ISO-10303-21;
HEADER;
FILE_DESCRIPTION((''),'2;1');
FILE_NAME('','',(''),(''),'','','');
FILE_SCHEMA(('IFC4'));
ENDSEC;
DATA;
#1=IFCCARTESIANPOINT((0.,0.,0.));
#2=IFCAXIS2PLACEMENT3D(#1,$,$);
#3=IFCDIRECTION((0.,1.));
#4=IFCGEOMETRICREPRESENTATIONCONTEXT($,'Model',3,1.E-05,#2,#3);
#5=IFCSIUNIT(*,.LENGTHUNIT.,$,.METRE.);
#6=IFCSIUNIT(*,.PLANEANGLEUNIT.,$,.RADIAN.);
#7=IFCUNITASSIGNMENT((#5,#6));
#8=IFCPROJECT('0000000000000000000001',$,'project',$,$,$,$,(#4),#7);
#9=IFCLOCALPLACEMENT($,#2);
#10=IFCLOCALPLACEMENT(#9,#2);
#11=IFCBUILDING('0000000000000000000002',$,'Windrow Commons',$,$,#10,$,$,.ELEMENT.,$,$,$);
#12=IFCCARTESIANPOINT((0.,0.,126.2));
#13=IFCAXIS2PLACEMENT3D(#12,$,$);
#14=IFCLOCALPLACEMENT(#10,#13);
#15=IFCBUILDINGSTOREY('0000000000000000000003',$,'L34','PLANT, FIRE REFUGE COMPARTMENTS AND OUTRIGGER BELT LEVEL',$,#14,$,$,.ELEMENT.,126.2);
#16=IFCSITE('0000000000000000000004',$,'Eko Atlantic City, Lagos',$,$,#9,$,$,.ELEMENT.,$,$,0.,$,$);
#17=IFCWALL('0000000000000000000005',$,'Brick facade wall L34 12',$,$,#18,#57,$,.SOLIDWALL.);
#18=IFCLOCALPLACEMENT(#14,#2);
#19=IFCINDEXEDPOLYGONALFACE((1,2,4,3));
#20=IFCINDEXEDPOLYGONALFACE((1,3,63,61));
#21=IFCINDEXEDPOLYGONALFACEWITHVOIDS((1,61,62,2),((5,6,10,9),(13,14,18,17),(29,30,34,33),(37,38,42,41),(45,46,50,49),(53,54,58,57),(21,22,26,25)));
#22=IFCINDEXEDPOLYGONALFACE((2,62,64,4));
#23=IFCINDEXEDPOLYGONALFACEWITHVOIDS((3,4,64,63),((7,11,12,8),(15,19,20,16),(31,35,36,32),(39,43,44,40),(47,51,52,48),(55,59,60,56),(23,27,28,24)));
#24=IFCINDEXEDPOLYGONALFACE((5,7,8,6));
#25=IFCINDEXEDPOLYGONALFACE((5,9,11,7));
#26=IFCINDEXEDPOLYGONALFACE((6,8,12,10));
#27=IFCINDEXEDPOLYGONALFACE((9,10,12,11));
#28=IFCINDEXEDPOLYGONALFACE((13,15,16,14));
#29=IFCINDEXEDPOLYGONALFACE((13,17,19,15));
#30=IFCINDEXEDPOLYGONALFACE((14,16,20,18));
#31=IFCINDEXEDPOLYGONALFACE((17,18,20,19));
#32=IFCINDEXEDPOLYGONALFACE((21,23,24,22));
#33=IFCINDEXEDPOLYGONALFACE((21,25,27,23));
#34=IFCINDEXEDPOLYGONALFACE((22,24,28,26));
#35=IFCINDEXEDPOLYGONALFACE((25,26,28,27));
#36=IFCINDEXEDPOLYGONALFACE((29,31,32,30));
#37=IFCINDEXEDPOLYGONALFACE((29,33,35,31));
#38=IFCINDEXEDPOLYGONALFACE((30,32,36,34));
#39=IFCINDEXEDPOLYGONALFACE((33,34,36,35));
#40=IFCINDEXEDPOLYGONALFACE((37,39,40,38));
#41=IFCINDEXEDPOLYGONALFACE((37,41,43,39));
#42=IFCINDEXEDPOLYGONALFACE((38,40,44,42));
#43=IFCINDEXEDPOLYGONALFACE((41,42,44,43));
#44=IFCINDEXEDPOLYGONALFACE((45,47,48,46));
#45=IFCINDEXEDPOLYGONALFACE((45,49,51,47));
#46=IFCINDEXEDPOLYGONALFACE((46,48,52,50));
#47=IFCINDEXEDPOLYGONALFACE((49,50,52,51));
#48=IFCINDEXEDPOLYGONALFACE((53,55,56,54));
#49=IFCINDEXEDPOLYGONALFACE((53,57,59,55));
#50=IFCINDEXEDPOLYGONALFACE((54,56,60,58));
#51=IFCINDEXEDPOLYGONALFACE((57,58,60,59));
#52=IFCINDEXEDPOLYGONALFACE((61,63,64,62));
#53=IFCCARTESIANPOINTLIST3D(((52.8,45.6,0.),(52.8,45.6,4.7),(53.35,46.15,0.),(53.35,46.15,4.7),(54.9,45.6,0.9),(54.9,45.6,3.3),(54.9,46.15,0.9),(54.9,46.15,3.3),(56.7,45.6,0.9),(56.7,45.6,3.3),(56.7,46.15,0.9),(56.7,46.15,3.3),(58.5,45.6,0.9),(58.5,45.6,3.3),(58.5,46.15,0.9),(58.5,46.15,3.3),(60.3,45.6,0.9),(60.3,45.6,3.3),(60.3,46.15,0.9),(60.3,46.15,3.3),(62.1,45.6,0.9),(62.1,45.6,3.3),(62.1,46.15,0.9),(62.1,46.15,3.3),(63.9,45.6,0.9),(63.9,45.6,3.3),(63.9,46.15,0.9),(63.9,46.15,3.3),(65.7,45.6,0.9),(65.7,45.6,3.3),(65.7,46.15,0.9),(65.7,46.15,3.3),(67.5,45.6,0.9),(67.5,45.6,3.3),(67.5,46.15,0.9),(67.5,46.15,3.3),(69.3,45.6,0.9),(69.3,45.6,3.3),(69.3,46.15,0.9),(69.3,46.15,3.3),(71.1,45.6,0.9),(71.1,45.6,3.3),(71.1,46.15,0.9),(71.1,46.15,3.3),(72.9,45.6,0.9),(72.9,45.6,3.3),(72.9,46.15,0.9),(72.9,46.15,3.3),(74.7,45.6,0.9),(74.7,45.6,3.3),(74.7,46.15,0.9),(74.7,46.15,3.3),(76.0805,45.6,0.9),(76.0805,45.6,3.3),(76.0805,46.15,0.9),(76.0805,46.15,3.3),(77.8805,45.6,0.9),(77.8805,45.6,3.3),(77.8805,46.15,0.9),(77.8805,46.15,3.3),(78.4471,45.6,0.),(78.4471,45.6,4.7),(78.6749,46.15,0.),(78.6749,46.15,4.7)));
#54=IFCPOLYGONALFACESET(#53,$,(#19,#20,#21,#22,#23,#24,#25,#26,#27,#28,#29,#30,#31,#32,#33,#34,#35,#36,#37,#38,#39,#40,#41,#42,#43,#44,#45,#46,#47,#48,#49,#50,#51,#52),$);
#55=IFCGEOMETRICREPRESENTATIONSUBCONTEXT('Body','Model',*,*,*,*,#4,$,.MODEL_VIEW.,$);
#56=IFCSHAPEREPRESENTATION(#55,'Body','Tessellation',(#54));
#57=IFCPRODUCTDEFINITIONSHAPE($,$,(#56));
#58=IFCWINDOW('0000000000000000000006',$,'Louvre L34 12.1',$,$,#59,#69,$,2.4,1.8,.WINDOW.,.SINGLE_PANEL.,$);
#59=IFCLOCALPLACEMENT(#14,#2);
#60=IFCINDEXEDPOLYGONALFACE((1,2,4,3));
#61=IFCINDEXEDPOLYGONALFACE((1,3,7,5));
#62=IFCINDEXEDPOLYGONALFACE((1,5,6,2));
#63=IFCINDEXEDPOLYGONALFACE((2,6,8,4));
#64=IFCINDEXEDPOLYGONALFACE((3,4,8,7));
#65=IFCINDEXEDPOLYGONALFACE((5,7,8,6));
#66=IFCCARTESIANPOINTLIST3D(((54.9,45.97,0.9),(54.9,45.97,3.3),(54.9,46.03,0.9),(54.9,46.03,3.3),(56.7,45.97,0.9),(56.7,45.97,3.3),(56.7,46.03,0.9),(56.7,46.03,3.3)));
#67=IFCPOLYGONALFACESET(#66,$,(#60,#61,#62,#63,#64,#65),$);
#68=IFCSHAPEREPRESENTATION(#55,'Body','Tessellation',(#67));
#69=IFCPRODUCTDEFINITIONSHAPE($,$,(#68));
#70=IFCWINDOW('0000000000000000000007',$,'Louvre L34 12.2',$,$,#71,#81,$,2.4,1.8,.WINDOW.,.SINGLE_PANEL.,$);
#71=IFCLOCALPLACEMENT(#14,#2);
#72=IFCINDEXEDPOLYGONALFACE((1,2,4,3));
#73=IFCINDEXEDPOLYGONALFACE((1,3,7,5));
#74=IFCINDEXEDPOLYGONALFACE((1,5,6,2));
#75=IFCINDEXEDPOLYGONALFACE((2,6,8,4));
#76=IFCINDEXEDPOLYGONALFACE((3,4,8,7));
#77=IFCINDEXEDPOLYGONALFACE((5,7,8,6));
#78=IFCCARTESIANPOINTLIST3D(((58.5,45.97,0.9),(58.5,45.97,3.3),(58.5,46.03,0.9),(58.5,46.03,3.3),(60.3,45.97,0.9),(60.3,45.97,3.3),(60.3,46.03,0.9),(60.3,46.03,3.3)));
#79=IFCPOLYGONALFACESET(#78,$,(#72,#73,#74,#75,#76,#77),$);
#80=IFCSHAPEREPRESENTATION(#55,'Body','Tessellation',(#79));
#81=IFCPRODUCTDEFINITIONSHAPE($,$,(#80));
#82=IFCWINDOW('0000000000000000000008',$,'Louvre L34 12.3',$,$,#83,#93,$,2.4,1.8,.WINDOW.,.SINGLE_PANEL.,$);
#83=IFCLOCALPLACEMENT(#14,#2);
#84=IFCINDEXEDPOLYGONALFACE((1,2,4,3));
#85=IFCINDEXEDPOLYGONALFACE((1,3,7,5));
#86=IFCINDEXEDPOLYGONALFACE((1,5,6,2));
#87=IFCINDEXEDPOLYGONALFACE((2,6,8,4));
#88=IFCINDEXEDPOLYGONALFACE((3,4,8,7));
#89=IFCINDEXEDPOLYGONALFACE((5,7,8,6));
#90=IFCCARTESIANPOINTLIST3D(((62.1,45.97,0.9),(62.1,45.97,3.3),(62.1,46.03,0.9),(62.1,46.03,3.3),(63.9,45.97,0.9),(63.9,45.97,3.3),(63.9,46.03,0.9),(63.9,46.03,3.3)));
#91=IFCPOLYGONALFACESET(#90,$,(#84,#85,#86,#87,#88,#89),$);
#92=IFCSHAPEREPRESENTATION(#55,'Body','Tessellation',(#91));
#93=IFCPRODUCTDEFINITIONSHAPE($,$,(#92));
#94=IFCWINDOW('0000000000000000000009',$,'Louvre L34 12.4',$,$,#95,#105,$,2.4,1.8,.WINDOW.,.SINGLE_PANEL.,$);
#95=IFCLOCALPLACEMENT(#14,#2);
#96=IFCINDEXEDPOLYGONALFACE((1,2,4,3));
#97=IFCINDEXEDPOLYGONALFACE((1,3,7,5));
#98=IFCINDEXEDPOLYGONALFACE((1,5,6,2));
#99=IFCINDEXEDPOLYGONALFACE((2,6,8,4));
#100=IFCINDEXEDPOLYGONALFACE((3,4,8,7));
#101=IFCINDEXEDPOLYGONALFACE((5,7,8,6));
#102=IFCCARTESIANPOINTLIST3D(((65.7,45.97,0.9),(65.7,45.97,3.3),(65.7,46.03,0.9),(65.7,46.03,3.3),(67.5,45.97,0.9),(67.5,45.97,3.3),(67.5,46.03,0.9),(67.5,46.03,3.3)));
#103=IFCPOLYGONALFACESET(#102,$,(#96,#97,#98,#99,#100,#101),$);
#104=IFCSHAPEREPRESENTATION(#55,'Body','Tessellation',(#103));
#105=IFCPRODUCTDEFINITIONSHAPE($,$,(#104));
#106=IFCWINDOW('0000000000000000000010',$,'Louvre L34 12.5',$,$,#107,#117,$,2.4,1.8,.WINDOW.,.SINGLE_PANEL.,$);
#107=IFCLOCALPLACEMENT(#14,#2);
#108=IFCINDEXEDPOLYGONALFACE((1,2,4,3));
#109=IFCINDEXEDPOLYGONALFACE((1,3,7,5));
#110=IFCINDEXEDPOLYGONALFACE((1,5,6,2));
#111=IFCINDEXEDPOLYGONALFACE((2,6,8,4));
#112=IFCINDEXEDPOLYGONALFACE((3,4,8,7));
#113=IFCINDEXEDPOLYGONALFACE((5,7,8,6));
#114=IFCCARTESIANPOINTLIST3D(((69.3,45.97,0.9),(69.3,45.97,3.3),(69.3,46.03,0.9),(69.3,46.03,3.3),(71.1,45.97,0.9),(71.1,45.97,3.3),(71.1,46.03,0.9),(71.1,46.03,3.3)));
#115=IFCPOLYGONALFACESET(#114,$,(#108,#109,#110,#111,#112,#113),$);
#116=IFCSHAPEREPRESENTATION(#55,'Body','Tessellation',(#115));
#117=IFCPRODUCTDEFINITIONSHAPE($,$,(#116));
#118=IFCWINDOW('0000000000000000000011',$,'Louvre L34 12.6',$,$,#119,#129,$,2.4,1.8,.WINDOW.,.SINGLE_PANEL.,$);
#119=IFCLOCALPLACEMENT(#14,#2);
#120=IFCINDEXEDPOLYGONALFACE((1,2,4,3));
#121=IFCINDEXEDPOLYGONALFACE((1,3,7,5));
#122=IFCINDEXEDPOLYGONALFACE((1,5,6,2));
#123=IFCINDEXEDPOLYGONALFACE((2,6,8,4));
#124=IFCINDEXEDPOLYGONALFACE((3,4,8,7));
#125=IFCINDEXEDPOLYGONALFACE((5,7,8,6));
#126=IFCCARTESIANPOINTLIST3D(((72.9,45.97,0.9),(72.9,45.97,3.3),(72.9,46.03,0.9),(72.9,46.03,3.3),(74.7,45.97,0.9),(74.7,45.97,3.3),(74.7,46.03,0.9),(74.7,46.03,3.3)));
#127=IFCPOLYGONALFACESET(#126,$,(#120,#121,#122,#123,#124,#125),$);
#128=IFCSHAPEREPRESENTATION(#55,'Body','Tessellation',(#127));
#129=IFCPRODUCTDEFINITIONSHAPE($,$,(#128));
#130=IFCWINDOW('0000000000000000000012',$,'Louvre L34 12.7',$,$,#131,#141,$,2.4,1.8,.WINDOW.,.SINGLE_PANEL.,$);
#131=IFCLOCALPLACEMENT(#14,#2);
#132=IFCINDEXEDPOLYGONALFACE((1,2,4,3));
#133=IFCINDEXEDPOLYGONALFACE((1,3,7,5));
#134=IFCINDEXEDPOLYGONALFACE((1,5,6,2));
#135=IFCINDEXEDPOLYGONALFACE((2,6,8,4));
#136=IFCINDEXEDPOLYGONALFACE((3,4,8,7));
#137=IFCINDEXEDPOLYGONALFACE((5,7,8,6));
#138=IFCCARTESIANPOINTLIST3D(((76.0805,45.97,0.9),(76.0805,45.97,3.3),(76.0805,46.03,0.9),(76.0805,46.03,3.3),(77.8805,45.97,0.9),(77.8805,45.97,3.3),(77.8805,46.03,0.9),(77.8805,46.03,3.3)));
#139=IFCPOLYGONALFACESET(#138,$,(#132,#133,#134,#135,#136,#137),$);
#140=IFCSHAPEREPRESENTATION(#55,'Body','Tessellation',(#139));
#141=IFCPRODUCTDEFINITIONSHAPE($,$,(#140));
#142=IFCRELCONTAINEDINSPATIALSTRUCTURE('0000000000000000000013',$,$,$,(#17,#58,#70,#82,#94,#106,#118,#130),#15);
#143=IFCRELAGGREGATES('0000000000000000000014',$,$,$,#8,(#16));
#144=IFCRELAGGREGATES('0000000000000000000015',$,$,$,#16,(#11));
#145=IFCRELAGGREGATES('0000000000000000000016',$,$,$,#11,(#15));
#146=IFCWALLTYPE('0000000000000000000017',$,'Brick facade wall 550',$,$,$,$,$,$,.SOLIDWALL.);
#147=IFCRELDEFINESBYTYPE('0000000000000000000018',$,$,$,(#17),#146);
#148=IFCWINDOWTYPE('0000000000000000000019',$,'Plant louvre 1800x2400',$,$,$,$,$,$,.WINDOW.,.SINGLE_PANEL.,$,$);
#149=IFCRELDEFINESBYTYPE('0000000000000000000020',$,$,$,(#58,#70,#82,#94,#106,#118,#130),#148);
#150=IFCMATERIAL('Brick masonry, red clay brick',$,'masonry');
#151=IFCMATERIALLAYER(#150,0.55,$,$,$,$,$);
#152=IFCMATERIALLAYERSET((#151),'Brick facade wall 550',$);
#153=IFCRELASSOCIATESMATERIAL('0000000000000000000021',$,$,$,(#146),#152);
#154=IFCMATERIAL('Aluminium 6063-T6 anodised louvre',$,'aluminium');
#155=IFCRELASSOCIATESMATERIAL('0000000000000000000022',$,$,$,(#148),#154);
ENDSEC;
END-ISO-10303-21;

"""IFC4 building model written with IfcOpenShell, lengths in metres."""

from ifc_helpers import new_model, si_unit, direction, frame, frame_2d, origin, place, context, subcontext, project, spatial, polyline, rectangle, outline, extrude, material, layer, layer_set, type_object, element, fill, save


model = new_model("IFC4")

# Units and contexts
model_context = context("Model", 3, precision=1e-05, world=origin(), true_north=direction((0.0, 1.0)))
body_context = subcontext(model_context, "Body", "Model", "MODEL_VIEW")
ifc_project = project(units=[si_unit("LENGTHUNIT", "METRE"), si_unit("PLANEANGLEUNIT", "RADIAN")], contexts=[model_context])

# Site, building, storey
site_placement = place(None, origin())
site = spatial("IfcSite", under=ifc_project, at=site_placement, Name="Eko Atlantic City, Lagos", CompositionType="ELEMENT", RefElevation=0.0)
building_placement = place(site_placement, origin())
building = spatial("IfcBuilding", under=site, at=building_placement, Name="Windrow Commons", CompositionType="ELEMENT")
storey_placement = place(building_placement, frame((0.0, 0.0, 126.2)))
storey = spatial("IfcBuildingStorey", under=building, at=storey_placement, Name="L34", Description="PLANT, FIRE REFUGE COMPARTMENTS AND OUTRIGGER BELT LEVEL", CompositionType="ELEMENT", Elevation=126.2)

# Wall, openings, windows
ifc_material_1 = material(Name="Brick masonry, red clay brick", Category="masonry")
ifc_layer_1 = layer(ifc_material_1, 0.55)
ifc_layer_set_1 = layer_set([ifc_layer_1], Name="Brick facade wall 550")
wall_type_1 = type_object("IfcWallType", Name="Brick facade wall 550", PredefinedType="SOLIDWALL", material=ifc_layer_set_1)
wall_1_placement = place(storey_placement, frame((53.075, 45.875, 0.0), z_axis=(0.0, 0.0, 1.0), x_axis=(1.0, 0.0, 0.0)))
wall_1 = element("IfcWall", 1, at=wall_1_placement, inside=storey, type_object=wall_type_1, Name="Brick facade wall L34 12", PredefinedType="SOLIDWALL", context=body_context, shape_type="SweptSolid", body=[
    extrude(outline(polyline([(-0.275, -0.275), (25.3721, -0.275), (25.5999, 0.275), (0.275, 0.275), (-0.275, -0.275)])), origin(), (0.0, 0.0, 1.0), 4.7),
])
opening_1_placement = place(wall_1_placement, frame((1.825, 0.0, 0.9)))
opening_1 = element("IfcOpeningElement", 2, at=opening_1_placement, cuts=wall_1, PredefinedType="OPENING", context=body_context, shape_type="SweptSolid", body=[
    extrude(rectangle(XDim=1.8, YDim=2.4, at=frame_2d((0.9, 1.2))), frame((0.0, 0.285, 0.0), z_axis=(0.0, -1.0, 0.0), x_axis=(1.0, 0.0, 0.0)), (0.0, 0.0, 1.0), 0.57),
])
opening_2_placement = place(wall_1_placement, frame((5.425, 0.0, 0.9)))
opening_2 = element("IfcOpeningElement", 3, at=opening_2_placement, cuts=wall_1, PredefinedType="OPENING", context=body_context, shape_type="SweptSolid", body=[
    extrude(rectangle(XDim=1.8, YDim=2.4, at=frame_2d((0.9, 1.2))), frame((0.0, 0.285, 0.0), z_axis=(0.0, -1.0, 0.0), x_axis=(1.0, 0.0, 0.0)), (0.0, 0.0, 1.0), 0.57),
])
opening_3_placement = place(wall_1_placement, frame((9.025, 0.0, 0.9)))
opening_3 = element("IfcOpeningElement", 4, at=opening_3_placement, cuts=wall_1, PredefinedType="OPENING", context=body_context, shape_type="SweptSolid", body=[
    extrude(rectangle(XDim=1.8, YDim=2.4, at=frame_2d((0.9, 1.2))), frame((0.0, 0.285, 0.0), z_axis=(0.0, -1.0, 0.0), x_axis=(1.0, 0.0, 0.0)), (0.0, 0.0, 1.0), 0.57),
])
opening_4_placement = place(wall_1_placement, frame((12.625, 0.0, 0.9)))
opening_4 = element("IfcOpeningElement", 5, at=opening_4_placement, cuts=wall_1, PredefinedType="OPENING", context=body_context, shape_type="SweptSolid", body=[
    extrude(rectangle(XDim=1.8, YDim=2.4, at=frame_2d((0.9, 1.2))), frame((0.0, 0.285, 0.0), z_axis=(0.0, -1.0, 0.0), x_axis=(1.0, 0.0, 0.0)), (0.0, 0.0, 1.0), 0.57),
])
opening_5_placement = place(wall_1_placement, frame((16.225, 0.0, 0.9)))
opening_5 = element("IfcOpeningElement", 6, at=opening_5_placement, cuts=wall_1, PredefinedType="OPENING", context=body_context, shape_type="SweptSolid", body=[
    extrude(rectangle(XDim=1.8, YDim=2.4, at=frame_2d((0.9, 1.2))), frame((0.0, 0.285, 0.0), z_axis=(0.0, -1.0, 0.0), x_axis=(1.0, 0.0, 0.0)), (0.0, 0.0, 1.0), 0.57),
])
opening_6_placement = place(wall_1_placement, frame((19.825, 0.0, 0.9)))
opening_6 = element("IfcOpeningElement", 7, at=opening_6_placement, cuts=wall_1, PredefinedType="OPENING", context=body_context, shape_type="SweptSolid", body=[
    extrude(rectangle(XDim=1.8, YDim=2.4, at=frame_2d((0.9, 1.2))), frame((0.0, 0.285, 0.0), z_axis=(0.0, -1.0, 0.0), x_axis=(1.0, 0.0, 0.0)), (0.0, 0.0, 1.0), 0.57),
])
opening_7_placement = place(wall_1_placement, frame((23.0055, 0.0, 0.9)))
opening_7 = element("IfcOpeningElement", 8, at=opening_7_placement, cuts=wall_1, PredefinedType="OPENING", context=body_context, shape_type="SweptSolid", body=[
    extrude(rectangle(XDim=1.8, YDim=2.4, at=frame_2d((0.9, 1.2))), frame((0.0, 0.285, 0.0), z_axis=(0.0, -1.0, 0.0), x_axis=(1.0, 0.0, 0.0)), (0.0, 0.0, 1.0), 0.57),
])
ifc_material_2 = material(Name="Aluminium 6063-T6 anodised louvre", Category="aluminium")
window_type = type_object("IfcWindowType", Name="Plant louvre 1800x2400", PartitioningType="SINGLE_PANEL", PredefinedType="WINDOW", material=ifc_material_2)
window_1_placement = place(opening_1_placement, origin())
window_1 = element("IfcWindow", 9, at=window_1_placement, inside=storey, type_object=window_type, Name="Louvre L34 12.1", OverallHeight=2.4, OverallWidth=1.8, PartitioningType="SINGLE_PANEL", PredefinedType="WINDOW", context=body_context, shape_type="SweptSolid", body=[
    extrude(rectangle(XDim=1.8, YDim=2.4, at=frame_2d((0.9, 1.2))), frame((0.0, 0.155, 0.0), z_axis=(0.0, -1.0, 0.0), x_axis=(1.0, 0.0, 0.0)), (0.0, 0.0, 1.0), 0.06),
])
fill(opening_1, window_1)
window_2_placement = place(opening_2_placement, origin())
window_2 = element("IfcWindow", 10, at=window_2_placement, inside=storey, type_object=window_type, Name="Louvre L34 12.2", OverallHeight=2.4, OverallWidth=1.8, PartitioningType="SINGLE_PANEL", PredefinedType="WINDOW", context=body_context, shape_type="SweptSolid", body=[
    extrude(rectangle(XDim=1.8, YDim=2.4, at=frame_2d((0.9, 1.2))), frame((0.0, 0.155, 0.0), z_axis=(0.0, -1.0, 0.0), x_axis=(1.0, 0.0, 0.0)), (0.0, 0.0, 1.0), 0.06),
])
fill(opening_2, window_2)
window_3_placement = place(opening_3_placement, origin())
window_3 = element("IfcWindow", 11, at=window_3_placement, inside=storey, type_object=window_type, Name="Louvre L34 12.3", OverallHeight=2.4, OverallWidth=1.8, PartitioningType="SINGLE_PANEL", PredefinedType="WINDOW", context=body_context, shape_type="SweptSolid", body=[
    extrude(rectangle(XDim=1.8, YDim=2.4, at=frame_2d((0.9, 1.2))), frame((0.0, 0.155, 0.0), z_axis=(0.0, -1.0, 0.0), x_axis=(1.0, 0.0, 0.0)), (0.0, 0.0, 1.0), 0.06),
])
fill(opening_3, window_3)
window_4_placement = place(opening_4_placement, origin())
window_4 = element("IfcWindow", 12, at=window_4_placement, inside=storey, type_object=window_type, Name="Louvre L34 12.4", OverallHeight=2.4, OverallWidth=1.8, PartitioningType="SINGLE_PANEL", PredefinedType="WINDOW", context=body_context, shape_type="SweptSolid", body=[
    extrude(rectangle(XDim=1.8, YDim=2.4, at=frame_2d((0.9, 1.2))), frame((0.0, 0.155, 0.0), z_axis=(0.0, -1.0, 0.0), x_axis=(1.0, 0.0, 0.0)), (0.0, 0.0, 1.0), 0.06),
])
fill(opening_4, window_4)
window_5_placement = place(opening_5_placement, origin())
window_5 = element("IfcWindow", 13, at=window_5_placement, inside=storey, type_object=window_type, Name="Louvre L34 12.5", OverallHeight=2.4, OverallWidth=1.8, PartitioningType="SINGLE_PANEL", PredefinedType="WINDOW", context=body_context, shape_type="SweptSolid", body=[
    extrude(rectangle(XDim=1.8, YDim=2.4, at=frame_2d((0.9, 1.2))), frame((0.0, 0.155, 0.0), z_axis=(0.0, -1.0, 0.0), x_axis=(1.0, 0.0, 0.0)), (0.0, 0.0, 1.0), 0.06),
])
fill(opening_5, window_5)
window_6_placement = place(opening_6_placement, origin())
window_6 = element("IfcWindow", 14, at=window_6_placement, inside=storey, type_object=window_type, Name="Louvre L34 12.6", OverallHeight=2.4, OverallWidth=1.8, PartitioningType="SINGLE_PANEL", PredefinedType="WINDOW", context=body_context, shape_type="SweptSolid", body=[
    extrude(rectangle(XDim=1.8, YDim=2.4, at=frame_2d((0.9, 1.2))), frame((0.0, 0.155, 0.0), z_axis=(0.0, -1.0, 0.0), x_axis=(1.0, 0.0, 0.0)), (0.0, 0.0, 1.0), 0.06),
])
fill(opening_6, window_6)
window_7_placement = place(opening_7_placement, origin())
window_7 = element("IfcWindow", 15, at=window_7_placement, inside=storey, type_object=window_type, Name="Louvre L34 12.7", OverallHeight=2.4, OverallWidth=1.8, PartitioningType="SINGLE_PANEL", PredefinedType="WINDOW", context=body_context, shape_type="SweptSolid", body=[
    extrude(rectangle(XDim=1.8, YDim=2.4, at=frame_2d((0.9, 1.2))), frame((0.0, 0.155, 0.0), z_axis=(0.0, -1.0, 0.0), x_axis=(1.0, 0.0, 0.0)), (0.0, 0.0, 1.0), 0.06),
])
fill(opening_7, window_7)

save(model, "model.ifc")
